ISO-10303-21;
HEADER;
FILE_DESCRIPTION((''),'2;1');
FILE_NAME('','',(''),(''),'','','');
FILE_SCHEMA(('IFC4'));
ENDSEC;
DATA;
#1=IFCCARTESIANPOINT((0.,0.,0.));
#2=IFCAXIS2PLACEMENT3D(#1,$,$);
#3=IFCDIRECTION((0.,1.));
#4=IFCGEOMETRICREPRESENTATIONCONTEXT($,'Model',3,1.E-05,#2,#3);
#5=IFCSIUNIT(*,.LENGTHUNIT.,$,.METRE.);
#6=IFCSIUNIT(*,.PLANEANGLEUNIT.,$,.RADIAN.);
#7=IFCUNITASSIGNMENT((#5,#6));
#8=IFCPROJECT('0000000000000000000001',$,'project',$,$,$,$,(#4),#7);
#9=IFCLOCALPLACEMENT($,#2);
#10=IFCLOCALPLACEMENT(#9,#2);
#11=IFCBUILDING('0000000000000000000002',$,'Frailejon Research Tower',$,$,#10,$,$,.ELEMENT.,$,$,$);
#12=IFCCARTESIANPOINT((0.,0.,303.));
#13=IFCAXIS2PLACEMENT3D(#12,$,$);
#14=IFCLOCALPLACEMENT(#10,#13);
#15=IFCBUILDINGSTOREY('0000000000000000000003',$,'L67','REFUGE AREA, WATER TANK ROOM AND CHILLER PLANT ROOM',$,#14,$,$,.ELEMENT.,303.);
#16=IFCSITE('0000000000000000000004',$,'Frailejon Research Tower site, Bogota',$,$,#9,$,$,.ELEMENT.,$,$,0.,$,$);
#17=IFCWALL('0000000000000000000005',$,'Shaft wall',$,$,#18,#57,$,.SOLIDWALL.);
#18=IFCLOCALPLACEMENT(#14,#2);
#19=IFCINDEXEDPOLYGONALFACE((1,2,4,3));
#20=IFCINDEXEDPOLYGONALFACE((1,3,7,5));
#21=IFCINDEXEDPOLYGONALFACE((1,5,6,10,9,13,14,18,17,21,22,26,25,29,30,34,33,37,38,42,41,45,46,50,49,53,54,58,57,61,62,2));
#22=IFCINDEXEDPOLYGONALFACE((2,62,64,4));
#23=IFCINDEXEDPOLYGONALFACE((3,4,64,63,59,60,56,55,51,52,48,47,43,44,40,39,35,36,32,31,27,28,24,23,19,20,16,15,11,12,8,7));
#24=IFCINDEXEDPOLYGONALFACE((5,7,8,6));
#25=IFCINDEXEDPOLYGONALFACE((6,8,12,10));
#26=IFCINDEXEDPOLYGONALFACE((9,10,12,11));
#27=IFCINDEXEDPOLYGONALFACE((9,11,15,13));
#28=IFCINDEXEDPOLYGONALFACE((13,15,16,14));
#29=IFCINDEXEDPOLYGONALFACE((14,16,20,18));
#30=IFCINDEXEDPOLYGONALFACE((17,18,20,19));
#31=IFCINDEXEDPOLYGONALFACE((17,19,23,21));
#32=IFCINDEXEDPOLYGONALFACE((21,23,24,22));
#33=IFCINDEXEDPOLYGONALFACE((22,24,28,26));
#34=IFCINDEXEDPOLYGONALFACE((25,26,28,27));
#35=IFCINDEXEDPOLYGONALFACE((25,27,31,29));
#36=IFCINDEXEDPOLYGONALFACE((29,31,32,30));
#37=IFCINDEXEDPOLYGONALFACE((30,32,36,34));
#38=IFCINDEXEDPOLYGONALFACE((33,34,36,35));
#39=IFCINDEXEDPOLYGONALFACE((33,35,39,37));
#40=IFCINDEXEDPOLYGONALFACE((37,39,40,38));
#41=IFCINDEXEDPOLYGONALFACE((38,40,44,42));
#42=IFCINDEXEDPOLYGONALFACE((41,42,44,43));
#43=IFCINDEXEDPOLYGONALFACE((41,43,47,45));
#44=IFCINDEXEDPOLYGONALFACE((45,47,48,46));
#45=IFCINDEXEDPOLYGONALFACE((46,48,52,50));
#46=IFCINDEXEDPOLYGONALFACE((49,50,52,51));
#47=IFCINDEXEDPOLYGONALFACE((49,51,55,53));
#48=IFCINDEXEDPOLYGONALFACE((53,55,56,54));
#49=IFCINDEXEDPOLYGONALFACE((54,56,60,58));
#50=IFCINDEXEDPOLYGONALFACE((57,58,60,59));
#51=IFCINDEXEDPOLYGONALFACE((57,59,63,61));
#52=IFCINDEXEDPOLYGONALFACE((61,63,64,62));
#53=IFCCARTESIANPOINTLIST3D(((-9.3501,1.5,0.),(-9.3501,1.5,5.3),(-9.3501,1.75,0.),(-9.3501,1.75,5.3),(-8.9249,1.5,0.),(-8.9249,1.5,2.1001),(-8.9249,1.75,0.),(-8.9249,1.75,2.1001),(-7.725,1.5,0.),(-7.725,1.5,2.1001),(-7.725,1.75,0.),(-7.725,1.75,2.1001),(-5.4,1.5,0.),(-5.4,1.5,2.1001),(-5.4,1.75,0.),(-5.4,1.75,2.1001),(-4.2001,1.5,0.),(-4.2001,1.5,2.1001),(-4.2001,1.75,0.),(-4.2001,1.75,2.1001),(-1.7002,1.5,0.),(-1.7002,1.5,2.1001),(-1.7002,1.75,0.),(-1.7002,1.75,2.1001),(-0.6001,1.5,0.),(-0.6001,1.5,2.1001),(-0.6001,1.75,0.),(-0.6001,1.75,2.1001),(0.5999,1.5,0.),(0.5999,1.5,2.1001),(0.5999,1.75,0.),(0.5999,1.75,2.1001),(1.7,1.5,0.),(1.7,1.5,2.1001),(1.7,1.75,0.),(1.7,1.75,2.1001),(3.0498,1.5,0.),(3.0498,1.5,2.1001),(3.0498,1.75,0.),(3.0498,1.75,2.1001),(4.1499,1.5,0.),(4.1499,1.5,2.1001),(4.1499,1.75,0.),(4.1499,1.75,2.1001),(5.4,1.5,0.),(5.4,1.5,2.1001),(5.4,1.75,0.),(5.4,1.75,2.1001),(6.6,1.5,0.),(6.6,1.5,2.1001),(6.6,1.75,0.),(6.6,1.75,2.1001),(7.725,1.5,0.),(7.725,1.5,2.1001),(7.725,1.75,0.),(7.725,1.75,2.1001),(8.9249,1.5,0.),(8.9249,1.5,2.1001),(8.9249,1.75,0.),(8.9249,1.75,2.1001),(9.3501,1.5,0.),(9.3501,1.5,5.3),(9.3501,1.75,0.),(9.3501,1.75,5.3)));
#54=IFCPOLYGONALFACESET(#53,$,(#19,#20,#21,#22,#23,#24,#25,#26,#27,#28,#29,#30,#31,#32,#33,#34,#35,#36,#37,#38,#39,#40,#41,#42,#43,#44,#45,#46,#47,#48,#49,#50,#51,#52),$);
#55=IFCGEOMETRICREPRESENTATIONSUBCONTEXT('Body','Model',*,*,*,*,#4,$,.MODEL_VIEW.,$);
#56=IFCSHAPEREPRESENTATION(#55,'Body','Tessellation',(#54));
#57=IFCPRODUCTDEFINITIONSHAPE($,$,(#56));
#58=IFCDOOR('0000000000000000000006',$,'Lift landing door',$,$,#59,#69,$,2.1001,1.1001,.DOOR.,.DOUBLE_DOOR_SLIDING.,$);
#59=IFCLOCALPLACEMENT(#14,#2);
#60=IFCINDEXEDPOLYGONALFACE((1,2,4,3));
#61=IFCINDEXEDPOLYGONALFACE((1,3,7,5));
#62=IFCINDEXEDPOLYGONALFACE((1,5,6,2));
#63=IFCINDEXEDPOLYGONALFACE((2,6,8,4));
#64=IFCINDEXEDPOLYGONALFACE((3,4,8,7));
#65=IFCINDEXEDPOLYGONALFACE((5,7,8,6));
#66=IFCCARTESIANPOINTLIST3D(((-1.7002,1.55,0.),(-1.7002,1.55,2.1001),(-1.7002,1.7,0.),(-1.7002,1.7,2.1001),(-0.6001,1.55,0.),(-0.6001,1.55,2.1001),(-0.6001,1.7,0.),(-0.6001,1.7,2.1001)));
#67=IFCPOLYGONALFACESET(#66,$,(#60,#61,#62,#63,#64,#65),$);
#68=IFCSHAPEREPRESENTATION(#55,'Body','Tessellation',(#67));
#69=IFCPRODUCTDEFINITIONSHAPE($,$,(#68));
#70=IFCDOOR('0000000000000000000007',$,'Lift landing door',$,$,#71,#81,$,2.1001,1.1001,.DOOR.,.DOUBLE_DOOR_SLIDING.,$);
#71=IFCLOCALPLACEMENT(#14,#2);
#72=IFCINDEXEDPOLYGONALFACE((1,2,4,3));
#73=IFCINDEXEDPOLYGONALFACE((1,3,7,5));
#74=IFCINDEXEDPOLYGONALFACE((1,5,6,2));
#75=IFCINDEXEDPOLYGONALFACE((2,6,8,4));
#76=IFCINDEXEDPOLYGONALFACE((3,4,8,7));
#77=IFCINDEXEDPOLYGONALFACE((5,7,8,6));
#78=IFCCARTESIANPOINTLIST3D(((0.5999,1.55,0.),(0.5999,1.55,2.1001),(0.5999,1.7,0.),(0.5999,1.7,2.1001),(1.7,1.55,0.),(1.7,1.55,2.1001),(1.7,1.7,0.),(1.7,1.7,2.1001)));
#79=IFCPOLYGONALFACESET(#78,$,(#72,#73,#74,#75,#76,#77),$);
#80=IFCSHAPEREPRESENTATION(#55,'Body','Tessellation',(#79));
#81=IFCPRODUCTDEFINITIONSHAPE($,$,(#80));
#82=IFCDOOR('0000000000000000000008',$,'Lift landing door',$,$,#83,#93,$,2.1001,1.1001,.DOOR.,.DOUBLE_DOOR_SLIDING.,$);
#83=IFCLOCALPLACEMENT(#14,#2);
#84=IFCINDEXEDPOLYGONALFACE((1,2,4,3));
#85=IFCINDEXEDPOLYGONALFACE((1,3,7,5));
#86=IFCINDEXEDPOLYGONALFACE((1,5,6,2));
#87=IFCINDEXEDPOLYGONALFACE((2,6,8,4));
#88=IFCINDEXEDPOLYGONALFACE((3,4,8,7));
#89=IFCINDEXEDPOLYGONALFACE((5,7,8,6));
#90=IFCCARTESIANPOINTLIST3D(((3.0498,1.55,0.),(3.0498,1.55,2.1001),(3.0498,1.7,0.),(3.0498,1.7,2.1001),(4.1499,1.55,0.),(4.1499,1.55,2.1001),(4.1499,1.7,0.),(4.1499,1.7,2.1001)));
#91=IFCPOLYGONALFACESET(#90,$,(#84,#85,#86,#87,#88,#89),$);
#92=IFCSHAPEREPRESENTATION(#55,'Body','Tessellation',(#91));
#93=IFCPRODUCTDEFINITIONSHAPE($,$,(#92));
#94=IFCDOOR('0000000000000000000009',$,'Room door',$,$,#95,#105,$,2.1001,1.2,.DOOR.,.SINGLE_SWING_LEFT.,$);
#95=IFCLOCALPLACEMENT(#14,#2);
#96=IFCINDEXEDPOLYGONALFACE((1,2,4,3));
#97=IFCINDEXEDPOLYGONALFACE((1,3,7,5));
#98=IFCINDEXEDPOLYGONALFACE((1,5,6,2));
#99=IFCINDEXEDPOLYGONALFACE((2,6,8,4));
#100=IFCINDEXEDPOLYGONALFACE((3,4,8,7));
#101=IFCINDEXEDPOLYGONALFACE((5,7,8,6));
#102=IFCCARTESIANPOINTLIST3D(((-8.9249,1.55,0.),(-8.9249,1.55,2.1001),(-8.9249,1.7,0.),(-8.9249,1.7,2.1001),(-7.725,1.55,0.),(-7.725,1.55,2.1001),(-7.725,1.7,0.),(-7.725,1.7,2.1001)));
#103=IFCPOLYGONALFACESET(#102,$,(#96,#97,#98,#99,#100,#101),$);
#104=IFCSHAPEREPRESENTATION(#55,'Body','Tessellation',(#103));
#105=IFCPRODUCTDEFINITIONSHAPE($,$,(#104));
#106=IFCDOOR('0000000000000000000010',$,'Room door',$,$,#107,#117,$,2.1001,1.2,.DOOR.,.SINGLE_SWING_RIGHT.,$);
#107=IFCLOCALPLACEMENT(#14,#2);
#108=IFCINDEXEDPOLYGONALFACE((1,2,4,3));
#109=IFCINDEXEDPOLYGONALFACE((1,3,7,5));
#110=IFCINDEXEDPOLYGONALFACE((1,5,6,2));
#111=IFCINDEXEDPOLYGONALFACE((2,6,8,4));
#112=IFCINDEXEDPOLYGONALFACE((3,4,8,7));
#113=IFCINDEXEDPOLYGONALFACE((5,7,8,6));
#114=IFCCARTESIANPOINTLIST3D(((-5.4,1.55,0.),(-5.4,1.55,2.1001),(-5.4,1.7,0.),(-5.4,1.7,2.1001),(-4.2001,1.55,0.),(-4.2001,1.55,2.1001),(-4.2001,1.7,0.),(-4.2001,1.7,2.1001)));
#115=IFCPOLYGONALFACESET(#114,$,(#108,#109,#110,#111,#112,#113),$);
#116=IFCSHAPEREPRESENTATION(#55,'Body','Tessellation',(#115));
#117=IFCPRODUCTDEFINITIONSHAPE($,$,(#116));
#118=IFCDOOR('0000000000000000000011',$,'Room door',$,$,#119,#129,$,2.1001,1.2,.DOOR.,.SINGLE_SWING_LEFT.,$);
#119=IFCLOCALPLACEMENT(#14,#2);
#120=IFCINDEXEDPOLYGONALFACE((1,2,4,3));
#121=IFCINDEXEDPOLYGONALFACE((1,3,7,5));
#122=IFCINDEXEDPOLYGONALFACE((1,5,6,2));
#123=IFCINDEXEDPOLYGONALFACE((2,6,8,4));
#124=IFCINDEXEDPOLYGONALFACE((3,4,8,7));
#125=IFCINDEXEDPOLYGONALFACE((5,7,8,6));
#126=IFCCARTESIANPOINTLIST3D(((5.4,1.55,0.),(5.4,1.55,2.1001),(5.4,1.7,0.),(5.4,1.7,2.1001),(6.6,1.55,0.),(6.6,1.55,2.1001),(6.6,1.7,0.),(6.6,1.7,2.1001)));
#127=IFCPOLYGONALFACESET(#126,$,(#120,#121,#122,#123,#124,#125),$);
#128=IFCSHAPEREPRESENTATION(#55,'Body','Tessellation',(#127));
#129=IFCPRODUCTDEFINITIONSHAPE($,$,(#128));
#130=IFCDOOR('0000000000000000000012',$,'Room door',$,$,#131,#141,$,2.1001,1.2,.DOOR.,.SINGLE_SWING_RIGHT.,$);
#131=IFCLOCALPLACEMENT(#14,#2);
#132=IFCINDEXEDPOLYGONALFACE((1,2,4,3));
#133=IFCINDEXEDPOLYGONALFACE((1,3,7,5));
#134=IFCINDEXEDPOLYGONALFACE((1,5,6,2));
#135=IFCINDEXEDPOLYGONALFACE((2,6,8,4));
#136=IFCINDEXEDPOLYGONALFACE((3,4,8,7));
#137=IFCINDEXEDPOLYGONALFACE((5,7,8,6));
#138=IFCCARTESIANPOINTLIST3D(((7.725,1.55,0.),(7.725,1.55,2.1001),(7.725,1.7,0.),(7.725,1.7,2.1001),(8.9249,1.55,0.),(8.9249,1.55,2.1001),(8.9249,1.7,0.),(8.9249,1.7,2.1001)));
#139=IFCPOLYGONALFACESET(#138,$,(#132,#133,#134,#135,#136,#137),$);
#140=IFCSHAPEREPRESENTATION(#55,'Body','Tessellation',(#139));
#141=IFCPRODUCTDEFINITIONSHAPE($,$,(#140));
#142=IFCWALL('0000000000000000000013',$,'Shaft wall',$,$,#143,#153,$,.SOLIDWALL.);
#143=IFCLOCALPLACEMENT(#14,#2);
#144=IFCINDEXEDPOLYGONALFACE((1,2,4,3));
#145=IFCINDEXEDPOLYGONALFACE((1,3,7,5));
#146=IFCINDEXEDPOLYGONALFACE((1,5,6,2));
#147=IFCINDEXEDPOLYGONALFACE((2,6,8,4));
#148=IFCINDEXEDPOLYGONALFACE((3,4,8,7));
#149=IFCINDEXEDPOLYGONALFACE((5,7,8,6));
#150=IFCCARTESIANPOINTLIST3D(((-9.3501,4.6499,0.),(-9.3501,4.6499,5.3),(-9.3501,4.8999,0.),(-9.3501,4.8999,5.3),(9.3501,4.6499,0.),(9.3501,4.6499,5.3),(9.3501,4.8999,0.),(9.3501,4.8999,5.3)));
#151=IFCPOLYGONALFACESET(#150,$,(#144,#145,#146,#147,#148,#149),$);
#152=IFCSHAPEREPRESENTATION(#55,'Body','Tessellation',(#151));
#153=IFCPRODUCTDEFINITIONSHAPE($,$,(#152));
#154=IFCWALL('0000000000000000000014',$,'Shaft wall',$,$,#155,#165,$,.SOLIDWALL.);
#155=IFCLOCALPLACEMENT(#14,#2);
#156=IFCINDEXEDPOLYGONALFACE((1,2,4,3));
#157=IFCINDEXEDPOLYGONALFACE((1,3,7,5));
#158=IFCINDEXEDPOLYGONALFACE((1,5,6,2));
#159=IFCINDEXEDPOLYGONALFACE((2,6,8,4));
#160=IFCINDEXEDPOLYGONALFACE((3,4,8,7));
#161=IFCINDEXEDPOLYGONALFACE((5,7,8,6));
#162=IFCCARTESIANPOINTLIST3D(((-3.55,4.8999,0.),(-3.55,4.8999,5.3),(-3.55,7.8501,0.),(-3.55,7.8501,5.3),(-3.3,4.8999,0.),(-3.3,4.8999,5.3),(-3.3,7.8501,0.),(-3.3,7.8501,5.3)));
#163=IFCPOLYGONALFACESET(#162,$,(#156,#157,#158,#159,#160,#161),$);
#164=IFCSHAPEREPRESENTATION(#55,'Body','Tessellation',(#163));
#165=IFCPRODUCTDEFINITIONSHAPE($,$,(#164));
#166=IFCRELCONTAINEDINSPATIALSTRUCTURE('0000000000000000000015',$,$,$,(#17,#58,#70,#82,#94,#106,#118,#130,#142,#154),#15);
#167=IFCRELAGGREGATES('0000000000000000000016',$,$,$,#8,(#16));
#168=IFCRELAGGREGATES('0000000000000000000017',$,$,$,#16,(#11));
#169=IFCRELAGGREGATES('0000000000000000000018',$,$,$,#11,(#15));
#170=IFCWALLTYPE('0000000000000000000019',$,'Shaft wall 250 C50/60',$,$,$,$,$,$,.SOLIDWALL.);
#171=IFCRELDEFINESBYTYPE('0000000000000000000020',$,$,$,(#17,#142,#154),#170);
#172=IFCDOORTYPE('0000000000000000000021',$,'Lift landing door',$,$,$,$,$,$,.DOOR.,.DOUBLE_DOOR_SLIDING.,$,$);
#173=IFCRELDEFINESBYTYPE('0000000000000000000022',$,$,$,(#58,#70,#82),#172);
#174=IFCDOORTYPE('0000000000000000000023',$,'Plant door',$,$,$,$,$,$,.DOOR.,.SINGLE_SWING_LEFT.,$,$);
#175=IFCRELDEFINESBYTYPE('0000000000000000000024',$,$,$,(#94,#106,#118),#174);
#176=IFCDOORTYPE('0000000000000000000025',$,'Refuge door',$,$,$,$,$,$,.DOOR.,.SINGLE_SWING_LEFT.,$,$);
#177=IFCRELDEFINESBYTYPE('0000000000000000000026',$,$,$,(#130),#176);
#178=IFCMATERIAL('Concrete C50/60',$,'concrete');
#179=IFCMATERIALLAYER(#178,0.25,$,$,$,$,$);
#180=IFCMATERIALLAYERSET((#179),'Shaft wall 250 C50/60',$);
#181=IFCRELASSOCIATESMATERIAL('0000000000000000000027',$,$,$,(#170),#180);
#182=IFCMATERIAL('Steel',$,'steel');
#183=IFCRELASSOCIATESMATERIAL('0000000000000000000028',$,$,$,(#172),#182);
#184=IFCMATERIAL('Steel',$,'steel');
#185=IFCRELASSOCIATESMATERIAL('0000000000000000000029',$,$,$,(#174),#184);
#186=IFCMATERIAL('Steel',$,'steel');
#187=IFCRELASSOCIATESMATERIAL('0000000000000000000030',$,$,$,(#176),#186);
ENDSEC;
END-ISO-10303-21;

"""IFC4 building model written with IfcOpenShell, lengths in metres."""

from ifc_helpers import new_model, si_unit, direction, frame, frame_2d, origin, place, context, subcontext, project, spatial, rectangle, extrude, material, layer, layer_set, type_object, element, fill, save


model = new_model("IFC4")

# Units and contexts
model_context = context("Model", 3, precision=1e-05, world=origin(), true_north=direction((0.0, 1.0)))
body_context = subcontext(model_context, "Body", "Model", "MODEL_VIEW")
ifc_project = project(units=[si_unit("LENGTHUNIT", "METRE"), si_unit("PLANEANGLEUNIT", "RADIAN")], contexts=[model_context])

# Site, building, storey
site_placement = place(None, origin())
site = spatial("IfcSite", under=ifc_project, at=site_placement, Name="Frailejon Research Tower site, Bogota", CompositionType="ELEMENT", RefElevation=0.0)
building_placement = place(site_placement, origin())
building = spatial("IfcBuilding", under=site, at=building_placement, Name="Frailejon Research Tower", CompositionType="ELEMENT")
storey_placement = place(building_placement, frame((0.0, 0.0, 303.0)))
storey = spatial("IfcBuildingStorey", under=building, at=storey_placement, Name="L67", Description="REFUGE AREA, WATER TANK ROOM AND CHILLER PLANT ROOM", CompositionType="ELEMENT", Elevation=303.0)

# Wall, openings, doors
ifc_material_1 = material(Name="Concrete C50/60", Category="concrete")
ifc_layer_1 = layer(ifc_material_1, 0.25)
ifc_layer_set_1 = layer_set([ifc_layer_1], Name="Shaft wall 250 C50/60")
wall_type_1 = type_object("IfcWallType", Name="Shaft wall 250 C50/60", PredefinedType="SOLIDWALL", material=ifc_layer_set_1)
wall_1_placement = place(storey_placement, frame((-9.3501, 1.625, 0.0), z_axis=(0.0, 0.0, 1.0), x_axis=(1.0, 0.0, 0.0)))
wall_1 = element("IfcWall", 1, at=wall_1_placement, inside=storey, type_object=wall_type_1, Name="Shaft wall", PredefinedType="SOLIDWALL", context=body_context, shape_type="SweptSolid", body=[
    extrude(rectangle(XDim=18.7002, YDim=0.25, at=frame_2d((9.3501, 0.0))), origin(), (0.0, 0.0, 1.0), 5.3),
])
opening_1_placement = place(wall_1_placement, frame((7.6499, 0.0, 0.0)))
opening_1 = element("IfcOpeningElement", 2, at=opening_1_placement, cuts=wall_1, PredefinedType="OPENING", context=body_context, shape_type="SweptSolid", body=[
    extrude(rectangle(XDim=1.1001, YDim=2.1001, at=frame_2d((0.55, 1.05))), frame((0.0, 0.135, 0.0), z_axis=(0.0, -1.0, 0.0), x_axis=(1.0, 0.0, 0.0)), (0.0, 0.0, 1.0), 0.27),
])
opening_2_placement = place(wall_1_placement, frame((9.95, 0.0, 0.0)))
opening_2 = element("IfcOpeningElement", 3, at=opening_2_placement, cuts=wall_1, PredefinedType="OPENING", context=body_context, shape_type="SweptSolid", body=[
    extrude(rectangle(XDim=1.1001, YDim=2.1001, at=frame_2d((0.55, 1.05))), frame((0.0, 0.135, 0.0), z_axis=(0.0, -1.0, 0.0), x_axis=(1.0, 0.0, 0.0)), (0.0, 0.0, 1.0), 0.27),
])
opening_3_placement = place(wall_1_placement, frame((12.3999, 0.0, 0.0)))
opening_3 = element("IfcOpeningElement", 4, at=opening_3_placement, cuts=wall_1, PredefinedType="OPENING", context=body_context, shape_type="SweptSolid", body=[
    extrude(rectangle(XDim=1.1001, YDim=2.1001, at=frame_2d((0.55, 1.05))), frame((0.0, 0.135, 0.0), z_axis=(0.0, -1.0, 0.0), x_axis=(1.0, 0.0, 0.0)), (0.0, 0.0, 1.0), 0.27),
])
opening_4_placement = place(wall_1_placement, frame((0.425, 0.0, 0.0)))
opening_4 = element("IfcOpeningElement", 5, at=opening_4_placement, cuts=wall_1, PredefinedType="OPENING", context=body_context, shape_type="SweptSolid", body=[
    extrude(rectangle(XDim=1.2, YDim=2.1001, at=frame_2d((0.6001, 1.05))), frame((0.0, 0.135, 0.0), z_axis=(0.0, -1.0, 0.0), x_axis=(1.0, 0.0, 0.0)), (0.0, 0.0, 1.0), 0.27),
])
opening_5_placement = place(wall_1_placement, frame((3.95, 0.0, 0.0)))
opening_5 = element("IfcOpeningElement", 6, at=opening_5_placement, cuts=wall_1, PredefinedType="OPENING", context=body_context, shape_type="SweptSolid", body=[
    extrude(rectangle(XDim=1.2, YDim=2.1001, at=frame_2d((0.6001, 1.05))), frame((0.0, 0.135, 0.0), z_axis=(0.0, -1.0, 0.0), x_axis=(1.0, 0.0, 0.0)), (0.0, 0.0, 1.0), 0.27),
])
opening_6_placement = place(wall_1_placement, frame((14.75, 0.0, 0.0)))
opening_6 = element("IfcOpeningElement", 7, at=opening_6_placement, cuts=wall_1, PredefinedType="OPENING", context=body_context, shape_type="SweptSolid", body=[
    extrude(rectangle(XDim=1.2, YDim=2.1001, at=frame_2d((0.6001, 1.05))), frame((0.0, 0.135, 0.0), z_axis=(0.0, -1.0, 0.0), x_axis=(1.0, 0.0, 0.0)), (0.0, 0.0, 1.0), 0.27),
])
opening_7_placement = place(wall_1_placement, frame((17.075, 0.0, 0.0)))
opening_7 = element("IfcOpeningElement", 8, at=opening_7_placement, cuts=wall_1, PredefinedType="OPENING", context=body_context, shape_type="SweptSolid", body=[
    extrude(rectangle(XDim=1.2, YDim=2.1001, at=frame_2d((0.6001, 1.05))), frame((0.0, 0.135, 0.0), z_axis=(0.0, -1.0, 0.0), x_axis=(1.0, 0.0, 0.0)), (0.0, 0.0, 1.0), 0.27),
])
ifc_material_2 = material(Name="Steel", Category="steel")
door_type_1 = type_object("IfcDoorType", Name="Lift landing door", OperationType="DOUBLE_DOOR_SLIDING", PredefinedType="DOOR", material=ifc_material_2)
door_1_placement = place(opening_1_placement, origin())
door_1 = element("IfcDoor", 9, at=door_1_placement, inside=storey, type_object=door_type_1, Name="Lift landing door", OperationType="DOUBLE_DOOR_SLIDING", OverallHeight=2.1001, OverallWidth=1.1001, PredefinedType="DOOR", context=body_context, shape_type="SweptSolid", body=[
    extrude(rectangle(XDim=1.1001, YDim=2.1001, at=frame_2d((0.55, 1.05))), frame((0.0, 0.075, 0.0), z_axis=(0.0, -1.0, 0.0), x_axis=(1.0, 0.0, 0.0)), (0.0, 0.0, 1.0), 0.1499),
])
fill(opening_1, door_1)
door_2_placement = place(opening_2_placement, origin())
door_2 = element("IfcDoor", 10, at=door_2_placement, inside=storey, type_object=door_type_1, Name="Lift landing door", OperationType="DOUBLE_DOOR_SLIDING", OverallHeight=2.1001, OverallWidth=1.1001, PredefinedType="DOOR", context=body_context, shape_type="SweptSolid", body=[
    extrude(rectangle(XDim=1.1001, YDim=2.1001, at=frame_2d((0.55, 1.05))), frame((0.0, 0.075, 0.0), z_axis=(0.0, -1.0, 0.0), x_axis=(1.0, 0.0, 0.0)), (0.0, 0.0, 1.0), 0.1499),
])
fill(opening_2, door_2)
door_3_placement = place(opening_3_placement, origin())
door_3 = element("IfcDoor", 11, at=door_3_placement, inside=storey, type_object=door_type_1, Name="Lift landing door", OperationType="DOUBLE_DOOR_SLIDING", OverallHeight=2.1001, OverallWidth=1.1001, PredefinedType="DOOR", context=body_context, shape_type="SweptSolid", body=[
    extrude(rectangle(XDim=1.1001, YDim=2.1001, at=frame_2d((0.55, 1.05))), frame((0.0, 0.075, 0.0), z_axis=(0.0, -1.0, 0.0), x_axis=(1.0, 0.0, 0.0)), (0.0, 0.0, 1.0), 0.1499),
])
fill(opening_3, door_3)
ifc_material_3 = material(Name="Steel", Category="steel")
door_type_2 = type_object("IfcDoorType", Name="Plant door", OperationType="SINGLE_SWING_LEFT", PredefinedType="DOOR", material=ifc_material_3)
door_4_placement = place(opening_4_placement, origin())
door_4 = element("IfcDoor", 12, at=door_4_placement, inside=storey, type_object=door_type_2, Name="Room door", OperationType="SINGLE_SWING_LEFT", OverallHeight=2.1001, OverallWidth=1.2, PredefinedType="DOOR", context=body_context, shape_type="SweptSolid", body=[
    extrude(rectangle(XDim=1.2, YDim=2.1001, at=frame_2d((0.6001, 1.05))), frame((0.0, 0.075, 0.0), z_axis=(0.0, -1.0, 0.0), x_axis=(1.0, 0.0, 0.0)), (0.0, 0.0, 1.0), 0.1499),
])
fill(opening_4, door_4)
door_5_placement = place(opening_5_placement, origin())
door_5 = element("IfcDoor", 13, at=door_5_placement, inside=storey, type_object=door_type_2, Name="Room door", OperationType="SINGLE_SWING_RIGHT", OverallHeight=2.1001, OverallWidth=1.2, PredefinedType="DOOR", context=body_context, shape_type="SweptSolid", body=[
    extrude(rectangle(XDim=1.2, YDim=2.1001, at=frame_2d((0.6001, 1.05))), frame((0.0, 0.075, 0.0), z_axis=(0.0, -1.0, 0.0), x_axis=(1.0, 0.0, 0.0)), (0.0, 0.0, 1.0), 0.1499),
])
fill(opening_5, door_5)
door_6_placement = place(opening_6_placement, origin())
door_6 = element("IfcDoor", 14, at=door_6_placement, inside=storey, type_object=door_type_2, Name="Room door", OperationType="SINGLE_SWING_LEFT", OverallHeight=2.1001, OverallWidth=1.2, PredefinedType="DOOR", context=body_context, shape_type="SweptSolid", body=[
    extrude(rectangle(XDim=1.2, YDim=2.1001, at=frame_2d((0.6001, 1.05))), frame((0.0, 0.075, 0.0), z_axis=(0.0, -1.0, 0.0), x_axis=(1.0, 0.0, 0.0)), (0.0, 0.0, 1.0), 0.1499),
])
fill(opening_6, door_6)
ifc_material_4 = material(Name="Steel", Category="steel")
door_type_3 = type_object("IfcDoorType", Name="Refuge door", OperationType="SINGLE_SWING_LEFT", PredefinedType="DOOR", material=ifc_material_4)
door_7_placement = place(opening_7_placement, origin())
door_7 = element("IfcDoor", 15, at=door_7_placement, inside=storey, type_object=door_type_3, Name="Room door", OperationType="SINGLE_SWING_RIGHT", OverallHeight=2.1001, OverallWidth=1.2, PredefinedType="DOOR", context=body_context, shape_type="SweptSolid", body=[
    extrude(rectangle(XDim=1.2, YDim=2.1001, at=frame_2d((0.6001, 1.05))), frame((0.0, 0.075, 0.0), z_axis=(0.0, -1.0, 0.0), x_axis=(1.0, 0.0, 0.0)), (0.0, 0.0, 1.0), 0.1499),
])
fill(opening_7, door_7)

# Walls
wall_2_placement = place(storey_placement, frame((-9.3501, 4.7749, 0.0), z_axis=(0.0, 0.0, 1.0), x_axis=(1.0, 0.0, 0.0)))
element("IfcWall", 16, at=wall_2_placement, inside=storey, type_object=wall_type_1, Name="Shaft wall", PredefinedType="SOLIDWALL", context=body_context, shape_type="SweptSolid", body=[
    extrude(rectangle(XDim=18.7002, YDim=0.25, at=frame_2d((9.3501, 0.0))), origin(), (0.0, 0.0, 1.0), 5.3),
])
wall_3_placement = place(storey_placement, frame((-3.425, 4.8999, 0.0), z_axis=(0.0, 0.0, 1.0), x_axis=(0.0, 1.0, 0.0)))
element("IfcWall", 17, at=wall_3_placement, inside=storey, type_object=wall_type_1, Name="Shaft wall", PredefinedType="SOLIDWALL", context=body_context, shape_type="SweptSolid", body=[
    extrude(rectangle(XDim=2.9502, YDim=0.25, at=frame_2d((1.4751, 0.0))), origin(), (0.0, 0.0, 1.0), 5.3),
])

save(model, "model.ifc")
